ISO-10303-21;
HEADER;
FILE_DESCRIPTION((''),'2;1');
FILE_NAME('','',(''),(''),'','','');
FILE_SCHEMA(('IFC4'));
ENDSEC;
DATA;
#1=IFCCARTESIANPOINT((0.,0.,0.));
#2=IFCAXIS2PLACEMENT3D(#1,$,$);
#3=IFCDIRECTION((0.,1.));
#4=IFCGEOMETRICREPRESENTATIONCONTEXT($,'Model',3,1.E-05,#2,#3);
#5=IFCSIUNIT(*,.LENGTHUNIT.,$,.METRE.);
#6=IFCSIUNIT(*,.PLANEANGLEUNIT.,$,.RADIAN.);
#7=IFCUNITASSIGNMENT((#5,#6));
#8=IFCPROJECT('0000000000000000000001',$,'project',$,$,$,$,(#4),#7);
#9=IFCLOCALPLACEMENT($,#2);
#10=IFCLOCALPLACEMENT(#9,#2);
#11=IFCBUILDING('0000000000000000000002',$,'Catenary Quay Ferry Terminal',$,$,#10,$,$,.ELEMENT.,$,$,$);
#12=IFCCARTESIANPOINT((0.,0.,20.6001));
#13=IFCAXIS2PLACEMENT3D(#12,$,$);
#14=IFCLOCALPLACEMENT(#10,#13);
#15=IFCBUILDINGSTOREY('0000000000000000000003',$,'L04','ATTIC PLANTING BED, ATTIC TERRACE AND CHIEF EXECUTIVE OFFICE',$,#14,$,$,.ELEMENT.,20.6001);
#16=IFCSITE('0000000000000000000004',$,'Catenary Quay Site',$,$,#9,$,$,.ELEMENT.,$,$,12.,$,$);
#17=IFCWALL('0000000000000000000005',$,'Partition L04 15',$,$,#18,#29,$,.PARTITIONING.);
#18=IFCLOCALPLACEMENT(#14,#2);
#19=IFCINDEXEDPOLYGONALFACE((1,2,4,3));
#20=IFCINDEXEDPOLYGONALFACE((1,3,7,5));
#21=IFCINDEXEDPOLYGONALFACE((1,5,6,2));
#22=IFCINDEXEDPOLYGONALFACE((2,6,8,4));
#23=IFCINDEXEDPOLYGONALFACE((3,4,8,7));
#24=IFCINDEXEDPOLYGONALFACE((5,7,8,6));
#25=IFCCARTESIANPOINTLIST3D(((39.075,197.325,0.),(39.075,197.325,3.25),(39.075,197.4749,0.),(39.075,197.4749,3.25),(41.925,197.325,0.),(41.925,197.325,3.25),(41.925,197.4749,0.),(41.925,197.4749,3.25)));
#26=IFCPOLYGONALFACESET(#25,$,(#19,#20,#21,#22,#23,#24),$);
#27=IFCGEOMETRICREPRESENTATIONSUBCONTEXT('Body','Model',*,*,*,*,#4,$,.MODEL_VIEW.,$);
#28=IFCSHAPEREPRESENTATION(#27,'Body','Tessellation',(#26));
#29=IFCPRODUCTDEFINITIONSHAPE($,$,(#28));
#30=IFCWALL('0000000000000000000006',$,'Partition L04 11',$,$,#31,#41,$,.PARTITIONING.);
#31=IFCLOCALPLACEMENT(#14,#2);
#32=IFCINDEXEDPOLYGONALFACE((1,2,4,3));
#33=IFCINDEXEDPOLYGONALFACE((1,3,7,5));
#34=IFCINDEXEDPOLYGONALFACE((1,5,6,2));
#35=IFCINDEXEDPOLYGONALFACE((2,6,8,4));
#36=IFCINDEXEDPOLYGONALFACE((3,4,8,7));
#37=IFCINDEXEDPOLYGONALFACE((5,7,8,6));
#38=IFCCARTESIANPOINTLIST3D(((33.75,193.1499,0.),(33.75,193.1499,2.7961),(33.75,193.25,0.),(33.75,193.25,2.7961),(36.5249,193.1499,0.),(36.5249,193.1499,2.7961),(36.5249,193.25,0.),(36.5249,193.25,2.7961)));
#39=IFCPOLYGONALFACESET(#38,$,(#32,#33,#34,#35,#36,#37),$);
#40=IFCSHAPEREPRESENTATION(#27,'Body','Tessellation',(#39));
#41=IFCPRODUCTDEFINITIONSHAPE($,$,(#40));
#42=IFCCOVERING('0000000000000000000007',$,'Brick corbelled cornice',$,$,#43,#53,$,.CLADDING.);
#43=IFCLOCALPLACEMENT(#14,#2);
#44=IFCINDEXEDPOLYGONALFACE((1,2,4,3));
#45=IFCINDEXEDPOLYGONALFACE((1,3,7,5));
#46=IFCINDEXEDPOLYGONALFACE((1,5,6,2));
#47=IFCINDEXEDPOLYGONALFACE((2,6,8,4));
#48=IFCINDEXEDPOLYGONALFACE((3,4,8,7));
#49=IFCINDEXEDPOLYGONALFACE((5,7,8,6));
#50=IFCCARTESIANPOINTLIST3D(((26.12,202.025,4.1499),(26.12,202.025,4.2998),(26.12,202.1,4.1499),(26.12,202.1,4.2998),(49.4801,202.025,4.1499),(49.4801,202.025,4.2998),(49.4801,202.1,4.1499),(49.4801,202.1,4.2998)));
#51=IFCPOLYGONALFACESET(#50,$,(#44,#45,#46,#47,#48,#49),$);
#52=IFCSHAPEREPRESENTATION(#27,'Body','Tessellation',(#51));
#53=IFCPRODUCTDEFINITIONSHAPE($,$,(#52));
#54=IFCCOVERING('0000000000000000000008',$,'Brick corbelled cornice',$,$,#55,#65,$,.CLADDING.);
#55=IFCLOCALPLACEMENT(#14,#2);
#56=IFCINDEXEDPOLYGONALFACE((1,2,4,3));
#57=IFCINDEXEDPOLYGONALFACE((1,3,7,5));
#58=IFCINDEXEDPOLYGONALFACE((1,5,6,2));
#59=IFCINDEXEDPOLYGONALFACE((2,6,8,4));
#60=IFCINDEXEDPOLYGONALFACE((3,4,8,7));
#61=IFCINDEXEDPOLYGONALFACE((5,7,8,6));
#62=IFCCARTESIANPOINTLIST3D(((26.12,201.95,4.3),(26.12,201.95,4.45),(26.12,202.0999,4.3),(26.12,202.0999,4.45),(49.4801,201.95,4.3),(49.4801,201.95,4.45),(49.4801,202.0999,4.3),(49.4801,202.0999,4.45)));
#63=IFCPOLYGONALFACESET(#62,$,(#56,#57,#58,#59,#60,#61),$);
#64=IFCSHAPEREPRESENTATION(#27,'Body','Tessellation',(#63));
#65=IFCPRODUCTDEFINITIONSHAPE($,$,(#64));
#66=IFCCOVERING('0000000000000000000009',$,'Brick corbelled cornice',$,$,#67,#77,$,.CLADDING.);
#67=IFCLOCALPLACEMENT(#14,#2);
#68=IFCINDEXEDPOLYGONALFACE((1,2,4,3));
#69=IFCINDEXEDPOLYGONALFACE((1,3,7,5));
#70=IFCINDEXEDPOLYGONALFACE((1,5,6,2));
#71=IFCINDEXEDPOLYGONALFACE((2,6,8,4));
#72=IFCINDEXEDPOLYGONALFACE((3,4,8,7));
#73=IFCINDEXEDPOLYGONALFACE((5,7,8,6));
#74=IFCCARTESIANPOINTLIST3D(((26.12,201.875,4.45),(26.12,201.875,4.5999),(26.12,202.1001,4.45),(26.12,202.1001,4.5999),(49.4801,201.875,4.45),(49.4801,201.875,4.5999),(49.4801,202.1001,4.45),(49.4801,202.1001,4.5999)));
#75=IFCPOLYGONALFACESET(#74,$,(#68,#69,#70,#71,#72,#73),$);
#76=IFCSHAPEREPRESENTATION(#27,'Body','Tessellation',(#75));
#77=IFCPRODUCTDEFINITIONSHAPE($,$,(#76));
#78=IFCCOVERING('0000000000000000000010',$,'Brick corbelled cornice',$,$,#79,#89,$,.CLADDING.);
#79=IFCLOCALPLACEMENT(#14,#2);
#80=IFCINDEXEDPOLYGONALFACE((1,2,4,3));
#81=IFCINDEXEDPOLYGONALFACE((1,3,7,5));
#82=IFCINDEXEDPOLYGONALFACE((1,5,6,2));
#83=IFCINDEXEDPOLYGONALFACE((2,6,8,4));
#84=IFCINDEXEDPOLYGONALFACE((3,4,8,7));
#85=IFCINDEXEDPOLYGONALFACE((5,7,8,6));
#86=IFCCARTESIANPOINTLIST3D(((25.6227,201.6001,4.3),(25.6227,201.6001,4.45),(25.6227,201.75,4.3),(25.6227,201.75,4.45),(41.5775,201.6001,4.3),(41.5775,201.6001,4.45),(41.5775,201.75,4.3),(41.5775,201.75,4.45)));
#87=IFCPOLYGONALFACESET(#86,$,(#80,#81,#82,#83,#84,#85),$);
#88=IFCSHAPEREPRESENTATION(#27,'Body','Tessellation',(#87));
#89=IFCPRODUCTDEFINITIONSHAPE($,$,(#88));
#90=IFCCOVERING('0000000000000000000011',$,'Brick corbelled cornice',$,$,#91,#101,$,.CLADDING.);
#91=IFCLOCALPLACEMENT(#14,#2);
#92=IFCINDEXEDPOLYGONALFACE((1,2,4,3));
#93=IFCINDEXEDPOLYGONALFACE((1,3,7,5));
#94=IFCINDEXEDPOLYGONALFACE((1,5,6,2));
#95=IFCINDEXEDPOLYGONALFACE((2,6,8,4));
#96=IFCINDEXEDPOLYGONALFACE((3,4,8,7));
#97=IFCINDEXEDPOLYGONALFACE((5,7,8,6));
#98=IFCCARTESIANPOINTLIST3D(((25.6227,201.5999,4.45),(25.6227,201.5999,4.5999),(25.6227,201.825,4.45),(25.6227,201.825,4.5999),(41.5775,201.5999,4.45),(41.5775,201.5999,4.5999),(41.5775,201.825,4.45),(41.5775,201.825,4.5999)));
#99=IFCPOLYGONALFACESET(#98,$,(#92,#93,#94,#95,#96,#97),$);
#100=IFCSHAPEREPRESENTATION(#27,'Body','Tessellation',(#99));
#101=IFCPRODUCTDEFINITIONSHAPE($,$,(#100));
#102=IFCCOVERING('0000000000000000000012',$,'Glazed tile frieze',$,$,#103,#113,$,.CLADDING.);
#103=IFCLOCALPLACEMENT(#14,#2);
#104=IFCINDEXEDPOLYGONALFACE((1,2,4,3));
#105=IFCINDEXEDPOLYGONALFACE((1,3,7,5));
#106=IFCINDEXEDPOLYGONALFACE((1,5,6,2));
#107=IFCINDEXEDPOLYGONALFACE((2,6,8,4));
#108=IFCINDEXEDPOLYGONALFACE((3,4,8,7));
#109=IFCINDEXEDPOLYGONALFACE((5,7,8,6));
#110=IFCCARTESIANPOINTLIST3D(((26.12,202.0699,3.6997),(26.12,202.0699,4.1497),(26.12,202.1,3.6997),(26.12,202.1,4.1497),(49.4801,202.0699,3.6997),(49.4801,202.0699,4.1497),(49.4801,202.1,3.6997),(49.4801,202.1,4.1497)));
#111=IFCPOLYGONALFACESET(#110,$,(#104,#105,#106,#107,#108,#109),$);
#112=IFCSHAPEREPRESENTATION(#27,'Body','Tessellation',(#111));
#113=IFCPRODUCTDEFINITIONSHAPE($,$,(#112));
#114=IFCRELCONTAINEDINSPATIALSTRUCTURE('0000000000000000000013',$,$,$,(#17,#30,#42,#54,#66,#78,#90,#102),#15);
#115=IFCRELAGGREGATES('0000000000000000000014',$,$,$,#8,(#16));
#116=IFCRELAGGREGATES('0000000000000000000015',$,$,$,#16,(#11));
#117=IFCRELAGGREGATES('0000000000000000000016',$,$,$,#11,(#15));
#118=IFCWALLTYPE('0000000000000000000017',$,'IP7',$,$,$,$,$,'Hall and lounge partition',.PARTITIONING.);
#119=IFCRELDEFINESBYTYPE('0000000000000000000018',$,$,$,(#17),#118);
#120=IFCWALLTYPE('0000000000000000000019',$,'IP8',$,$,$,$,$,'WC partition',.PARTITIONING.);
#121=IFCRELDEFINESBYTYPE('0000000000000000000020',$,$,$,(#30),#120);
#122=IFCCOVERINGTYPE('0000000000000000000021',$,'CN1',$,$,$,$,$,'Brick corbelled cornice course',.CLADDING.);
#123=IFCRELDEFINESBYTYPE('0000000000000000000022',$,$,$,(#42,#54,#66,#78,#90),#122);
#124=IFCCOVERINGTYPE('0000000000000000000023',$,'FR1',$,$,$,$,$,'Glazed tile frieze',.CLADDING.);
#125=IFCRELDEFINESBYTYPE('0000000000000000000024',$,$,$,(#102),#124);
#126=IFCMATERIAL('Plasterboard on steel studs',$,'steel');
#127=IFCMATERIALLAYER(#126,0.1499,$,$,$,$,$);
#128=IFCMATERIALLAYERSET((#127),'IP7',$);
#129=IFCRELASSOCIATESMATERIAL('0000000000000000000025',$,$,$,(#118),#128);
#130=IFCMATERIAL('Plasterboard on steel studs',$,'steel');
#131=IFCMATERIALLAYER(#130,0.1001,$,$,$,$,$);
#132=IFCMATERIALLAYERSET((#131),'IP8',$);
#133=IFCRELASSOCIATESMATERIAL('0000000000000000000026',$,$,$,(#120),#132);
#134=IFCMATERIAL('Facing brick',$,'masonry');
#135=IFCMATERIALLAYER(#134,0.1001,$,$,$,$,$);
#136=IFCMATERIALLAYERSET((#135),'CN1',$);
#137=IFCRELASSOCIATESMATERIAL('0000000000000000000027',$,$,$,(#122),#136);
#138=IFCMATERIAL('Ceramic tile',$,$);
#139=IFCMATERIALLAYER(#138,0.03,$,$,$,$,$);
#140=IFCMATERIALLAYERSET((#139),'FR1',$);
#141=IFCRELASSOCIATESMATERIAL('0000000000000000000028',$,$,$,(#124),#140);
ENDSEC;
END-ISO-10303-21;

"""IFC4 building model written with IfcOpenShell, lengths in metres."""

from ifc_helpers import new_model, si_unit, direction, frame, frame_2d, origin, origin_2d, place, context, subcontext, project, spatial, rectangle, extrude, material, layer, layer_set, type_object, element, save


model = new_model("IFC4")

# Units and contexts
model_context = context("Model", 3, precision=1e-05, world=origin(), true_north=direction((0.0, 1.0)))
body_context = subcontext(model_context, "Body", "Model", "MODEL_VIEW")
ifc_project = project(units=[si_unit("LENGTHUNIT", "METRE"), si_unit("PLANEANGLEUNIT", "RADIAN")], contexts=[model_context])

# Site, building, storey
site_placement = place(None, origin())
site = spatial("IfcSite", under=ifc_project, at=site_placement, Name="Catenary Quay Site", CompositionType="ELEMENT", RefElevation=12.0)
building_placement = place(site_placement, origin())
building = spatial("IfcBuilding", under=site, at=building_placement, Name="Catenary Quay Ferry Terminal", CompositionType="ELEMENT")
storey_placement = place(building_placement, frame((0.0, 0.0, 20.6001)))
storey = spatial("IfcBuildingStorey", under=building, at=storey_placement, Name="L04", Description="ATTIC PLANTING BED, ATTIC TERRACE AND CHIEF EXECUTIVE OFFICE", CompositionType="ELEMENT", Elevation=20.6001)

# Walls
ifc_material_1 = material(Name="Plasterboard on steel studs", Category="steel")
ifc_layer_1 = layer(ifc_material_1, 0.1499)
ifc_layer_set_1 = layer_set([ifc_layer_1], Name="IP7")
wall_type_1 = type_object("IfcWallType", Name="IP7", ElementType="Hall and lounge partition", PredefinedType="PARTITIONING", material=ifc_layer_set_1)
wall_1_placement = place(storey_placement, frame((39.075, 197.3999, 0.0), z_axis=(0.0, 0.0, 1.0), x_axis=(1.0, 0.0, 0.0)))
element("IfcWall", 1, at=wall_1_placement, inside=storey, type_object=wall_type_1, Name="Partition L04 15", PredefinedType="PARTITIONING", context=body_context, shape_type="SweptSolid", body=[
    extrude(rectangle(XDim=2.8501, YDim=0.1499, at=frame_2d((1.425, 0.0))), origin(), (0.0, 0.0, 1.0), 3.25),
])
ifc_material_2 = material(Name="Plasterboard on steel studs", Category="steel")
ifc_layer_2 = layer(ifc_material_2, 0.1001)
ifc_layer_set_2 = layer_set([ifc_layer_2], Name="IP8")
wall_type_2 = type_object("IfcWallType", Name="IP8", ElementType="WC partition", PredefinedType="PARTITIONING", material=ifc_layer_set_2)
wall_2_placement = place(storey_placement, frame((33.75, 193.2, 0.0), z_axis=(0.0, 0.0, 1.0), x_axis=(1.0, 0.0, 0.0)))
element("IfcWall", 2, at=wall_2_placement, inside=storey, type_object=wall_type_2, Name="Partition L04 11", PredefinedType="PARTITIONING", context=body_context, shape_type="SweptSolid", body=[
    extrude(rectangle(XDim=2.7749, YDim=0.1001, at=frame_2d((1.3875, 0.0))), origin(), (0.0, 0.0, 1.0), 2.7961),
])

# Coverings
ifc_material_3 = material(Name="Facing brick", Category="masonry")
ifc_layer_3 = layer(ifc_material_3, 0.1001)
ifc_layer_set_3 = layer_set([ifc_layer_3], Name="CN1")
covering_type_1 = type_object("IfcCoveringType", Name="CN1", ElementType="Brick corbelled cornice course", PredefinedType="CLADDING", material=ifc_layer_set_3)
covering_1_placement = place(storey_placement, frame((37.8, 202.0625, 4.1499), z_axis=(0.0, 0.0, 1.0), x_axis=(1.0, 0.0, 0.0)))
element("IfcCovering", 3, at=covering_1_placement, inside=storey, type_object=covering_type_1, Name="Brick corbelled cornice", PredefinedType="CLADDING", context=body_context, shape_type="SweptSolid", body=[
    extrude(rectangle(XDim=23.3601, YDim=0.075, at=origin_2d()), origin(), (0.0, 0.0, 1.0), 0.1499),
])
covering_2_placement = place(storey_placement, frame((37.8, 202.0249, 4.3), z_axis=(0.0, 0.0, 1.0), x_axis=(1.0, 0.0, 0.0)))
element("IfcCovering", 4, at=covering_2_placement, inside=storey, type_object=covering_type_1, Name="Brick corbelled cornice", PredefinedType="CLADDING", context=body_context, shape_type="SweptSolid", body=[
    extrude(rectangle(XDim=23.3601, YDim=0.1499, at=origin_2d()), origin(), (0.0, 0.0, 1.0), 0.1499),
])
covering_3_placement = place(storey_placement, frame((37.8, 201.9875, 4.45), z_axis=(0.0, 0.0, 1.0), x_axis=(1.0, 0.0, 0.0)))
element("IfcCovering", 5, at=covering_3_placement, inside=storey, type_object=covering_type_1, Name="Brick corbelled cornice", PredefinedType="CLADDING", context=body_context, shape_type="SweptSolid", body=[
    extrude(rectangle(XDim=23.3601, YDim=0.2251, at=origin_2d()), origin(), (0.0, 0.0, 1.0), 0.1499),
])
covering_4_placement = place(storey_placement, frame((33.6001, 201.675, 4.3), z_axis=(0.0, 0.0, 1.0), x_axis=(1.0, 0.0, 0.0)))
element("IfcCovering", 6, at=covering_4_placement, inside=storey, type_object=covering_type_1, Name="Brick corbelled cornice", PredefinedType="CLADDING", context=body_context, shape_type="SweptSolid", body=[
    extrude(rectangle(XDim=15.9548, YDim=0.1499, at=origin_2d()), origin(), (0.0, 0.0, 1.0), 0.1499),
])
covering_5_placement = place(storey_placement, frame((33.6001, 201.7124, 4.45), z_axis=(0.0, 0.0, 1.0), x_axis=(1.0, 0.0, 0.0)))
element("IfcCovering", 7, at=covering_5_placement, inside=storey, type_object=covering_type_1, Name="Brick corbelled cornice", PredefinedType="CLADDING", context=body_context, shape_type="SweptSolid", body=[
    extrude(rectangle(XDim=15.9548, YDim=0.2251, at=origin_2d()), origin(), (0.0, 0.0, 1.0), 0.1499),
])
ifc_material_4 = material(Name="Ceramic tile")
ifc_layer_4 = layer(ifc_material_4, 0.03)
ifc_layer_set_4 = layer_set([ifc_layer_4], Name="FR1")
covering_type_2 = type_object("IfcCoveringType", Name="FR1", ElementType="Glazed tile frieze", PredefinedType="CLADDING", material=ifc_layer_set_4)
covering_6_placement = place(storey_placement, frame((37.8, 202.085, 3.6997), z_axis=(0.0, 0.0, 1.0), x_axis=(1.0, 0.0, 0.0)))
element("IfcCovering", 8, at=covering_6_placement, inside=storey, type_object=covering_type_2, Name="Glazed tile frieze", PredefinedType="CLADDING", context=body_context, shape_type="SweptSolid", body=[
    extrude(rectangle(XDim=23.3601, YDim=0.03, at=origin_2d()), origin(), (0.0, 0.0, 1.0), 0.45),
])

save(model, "model.ifc")
